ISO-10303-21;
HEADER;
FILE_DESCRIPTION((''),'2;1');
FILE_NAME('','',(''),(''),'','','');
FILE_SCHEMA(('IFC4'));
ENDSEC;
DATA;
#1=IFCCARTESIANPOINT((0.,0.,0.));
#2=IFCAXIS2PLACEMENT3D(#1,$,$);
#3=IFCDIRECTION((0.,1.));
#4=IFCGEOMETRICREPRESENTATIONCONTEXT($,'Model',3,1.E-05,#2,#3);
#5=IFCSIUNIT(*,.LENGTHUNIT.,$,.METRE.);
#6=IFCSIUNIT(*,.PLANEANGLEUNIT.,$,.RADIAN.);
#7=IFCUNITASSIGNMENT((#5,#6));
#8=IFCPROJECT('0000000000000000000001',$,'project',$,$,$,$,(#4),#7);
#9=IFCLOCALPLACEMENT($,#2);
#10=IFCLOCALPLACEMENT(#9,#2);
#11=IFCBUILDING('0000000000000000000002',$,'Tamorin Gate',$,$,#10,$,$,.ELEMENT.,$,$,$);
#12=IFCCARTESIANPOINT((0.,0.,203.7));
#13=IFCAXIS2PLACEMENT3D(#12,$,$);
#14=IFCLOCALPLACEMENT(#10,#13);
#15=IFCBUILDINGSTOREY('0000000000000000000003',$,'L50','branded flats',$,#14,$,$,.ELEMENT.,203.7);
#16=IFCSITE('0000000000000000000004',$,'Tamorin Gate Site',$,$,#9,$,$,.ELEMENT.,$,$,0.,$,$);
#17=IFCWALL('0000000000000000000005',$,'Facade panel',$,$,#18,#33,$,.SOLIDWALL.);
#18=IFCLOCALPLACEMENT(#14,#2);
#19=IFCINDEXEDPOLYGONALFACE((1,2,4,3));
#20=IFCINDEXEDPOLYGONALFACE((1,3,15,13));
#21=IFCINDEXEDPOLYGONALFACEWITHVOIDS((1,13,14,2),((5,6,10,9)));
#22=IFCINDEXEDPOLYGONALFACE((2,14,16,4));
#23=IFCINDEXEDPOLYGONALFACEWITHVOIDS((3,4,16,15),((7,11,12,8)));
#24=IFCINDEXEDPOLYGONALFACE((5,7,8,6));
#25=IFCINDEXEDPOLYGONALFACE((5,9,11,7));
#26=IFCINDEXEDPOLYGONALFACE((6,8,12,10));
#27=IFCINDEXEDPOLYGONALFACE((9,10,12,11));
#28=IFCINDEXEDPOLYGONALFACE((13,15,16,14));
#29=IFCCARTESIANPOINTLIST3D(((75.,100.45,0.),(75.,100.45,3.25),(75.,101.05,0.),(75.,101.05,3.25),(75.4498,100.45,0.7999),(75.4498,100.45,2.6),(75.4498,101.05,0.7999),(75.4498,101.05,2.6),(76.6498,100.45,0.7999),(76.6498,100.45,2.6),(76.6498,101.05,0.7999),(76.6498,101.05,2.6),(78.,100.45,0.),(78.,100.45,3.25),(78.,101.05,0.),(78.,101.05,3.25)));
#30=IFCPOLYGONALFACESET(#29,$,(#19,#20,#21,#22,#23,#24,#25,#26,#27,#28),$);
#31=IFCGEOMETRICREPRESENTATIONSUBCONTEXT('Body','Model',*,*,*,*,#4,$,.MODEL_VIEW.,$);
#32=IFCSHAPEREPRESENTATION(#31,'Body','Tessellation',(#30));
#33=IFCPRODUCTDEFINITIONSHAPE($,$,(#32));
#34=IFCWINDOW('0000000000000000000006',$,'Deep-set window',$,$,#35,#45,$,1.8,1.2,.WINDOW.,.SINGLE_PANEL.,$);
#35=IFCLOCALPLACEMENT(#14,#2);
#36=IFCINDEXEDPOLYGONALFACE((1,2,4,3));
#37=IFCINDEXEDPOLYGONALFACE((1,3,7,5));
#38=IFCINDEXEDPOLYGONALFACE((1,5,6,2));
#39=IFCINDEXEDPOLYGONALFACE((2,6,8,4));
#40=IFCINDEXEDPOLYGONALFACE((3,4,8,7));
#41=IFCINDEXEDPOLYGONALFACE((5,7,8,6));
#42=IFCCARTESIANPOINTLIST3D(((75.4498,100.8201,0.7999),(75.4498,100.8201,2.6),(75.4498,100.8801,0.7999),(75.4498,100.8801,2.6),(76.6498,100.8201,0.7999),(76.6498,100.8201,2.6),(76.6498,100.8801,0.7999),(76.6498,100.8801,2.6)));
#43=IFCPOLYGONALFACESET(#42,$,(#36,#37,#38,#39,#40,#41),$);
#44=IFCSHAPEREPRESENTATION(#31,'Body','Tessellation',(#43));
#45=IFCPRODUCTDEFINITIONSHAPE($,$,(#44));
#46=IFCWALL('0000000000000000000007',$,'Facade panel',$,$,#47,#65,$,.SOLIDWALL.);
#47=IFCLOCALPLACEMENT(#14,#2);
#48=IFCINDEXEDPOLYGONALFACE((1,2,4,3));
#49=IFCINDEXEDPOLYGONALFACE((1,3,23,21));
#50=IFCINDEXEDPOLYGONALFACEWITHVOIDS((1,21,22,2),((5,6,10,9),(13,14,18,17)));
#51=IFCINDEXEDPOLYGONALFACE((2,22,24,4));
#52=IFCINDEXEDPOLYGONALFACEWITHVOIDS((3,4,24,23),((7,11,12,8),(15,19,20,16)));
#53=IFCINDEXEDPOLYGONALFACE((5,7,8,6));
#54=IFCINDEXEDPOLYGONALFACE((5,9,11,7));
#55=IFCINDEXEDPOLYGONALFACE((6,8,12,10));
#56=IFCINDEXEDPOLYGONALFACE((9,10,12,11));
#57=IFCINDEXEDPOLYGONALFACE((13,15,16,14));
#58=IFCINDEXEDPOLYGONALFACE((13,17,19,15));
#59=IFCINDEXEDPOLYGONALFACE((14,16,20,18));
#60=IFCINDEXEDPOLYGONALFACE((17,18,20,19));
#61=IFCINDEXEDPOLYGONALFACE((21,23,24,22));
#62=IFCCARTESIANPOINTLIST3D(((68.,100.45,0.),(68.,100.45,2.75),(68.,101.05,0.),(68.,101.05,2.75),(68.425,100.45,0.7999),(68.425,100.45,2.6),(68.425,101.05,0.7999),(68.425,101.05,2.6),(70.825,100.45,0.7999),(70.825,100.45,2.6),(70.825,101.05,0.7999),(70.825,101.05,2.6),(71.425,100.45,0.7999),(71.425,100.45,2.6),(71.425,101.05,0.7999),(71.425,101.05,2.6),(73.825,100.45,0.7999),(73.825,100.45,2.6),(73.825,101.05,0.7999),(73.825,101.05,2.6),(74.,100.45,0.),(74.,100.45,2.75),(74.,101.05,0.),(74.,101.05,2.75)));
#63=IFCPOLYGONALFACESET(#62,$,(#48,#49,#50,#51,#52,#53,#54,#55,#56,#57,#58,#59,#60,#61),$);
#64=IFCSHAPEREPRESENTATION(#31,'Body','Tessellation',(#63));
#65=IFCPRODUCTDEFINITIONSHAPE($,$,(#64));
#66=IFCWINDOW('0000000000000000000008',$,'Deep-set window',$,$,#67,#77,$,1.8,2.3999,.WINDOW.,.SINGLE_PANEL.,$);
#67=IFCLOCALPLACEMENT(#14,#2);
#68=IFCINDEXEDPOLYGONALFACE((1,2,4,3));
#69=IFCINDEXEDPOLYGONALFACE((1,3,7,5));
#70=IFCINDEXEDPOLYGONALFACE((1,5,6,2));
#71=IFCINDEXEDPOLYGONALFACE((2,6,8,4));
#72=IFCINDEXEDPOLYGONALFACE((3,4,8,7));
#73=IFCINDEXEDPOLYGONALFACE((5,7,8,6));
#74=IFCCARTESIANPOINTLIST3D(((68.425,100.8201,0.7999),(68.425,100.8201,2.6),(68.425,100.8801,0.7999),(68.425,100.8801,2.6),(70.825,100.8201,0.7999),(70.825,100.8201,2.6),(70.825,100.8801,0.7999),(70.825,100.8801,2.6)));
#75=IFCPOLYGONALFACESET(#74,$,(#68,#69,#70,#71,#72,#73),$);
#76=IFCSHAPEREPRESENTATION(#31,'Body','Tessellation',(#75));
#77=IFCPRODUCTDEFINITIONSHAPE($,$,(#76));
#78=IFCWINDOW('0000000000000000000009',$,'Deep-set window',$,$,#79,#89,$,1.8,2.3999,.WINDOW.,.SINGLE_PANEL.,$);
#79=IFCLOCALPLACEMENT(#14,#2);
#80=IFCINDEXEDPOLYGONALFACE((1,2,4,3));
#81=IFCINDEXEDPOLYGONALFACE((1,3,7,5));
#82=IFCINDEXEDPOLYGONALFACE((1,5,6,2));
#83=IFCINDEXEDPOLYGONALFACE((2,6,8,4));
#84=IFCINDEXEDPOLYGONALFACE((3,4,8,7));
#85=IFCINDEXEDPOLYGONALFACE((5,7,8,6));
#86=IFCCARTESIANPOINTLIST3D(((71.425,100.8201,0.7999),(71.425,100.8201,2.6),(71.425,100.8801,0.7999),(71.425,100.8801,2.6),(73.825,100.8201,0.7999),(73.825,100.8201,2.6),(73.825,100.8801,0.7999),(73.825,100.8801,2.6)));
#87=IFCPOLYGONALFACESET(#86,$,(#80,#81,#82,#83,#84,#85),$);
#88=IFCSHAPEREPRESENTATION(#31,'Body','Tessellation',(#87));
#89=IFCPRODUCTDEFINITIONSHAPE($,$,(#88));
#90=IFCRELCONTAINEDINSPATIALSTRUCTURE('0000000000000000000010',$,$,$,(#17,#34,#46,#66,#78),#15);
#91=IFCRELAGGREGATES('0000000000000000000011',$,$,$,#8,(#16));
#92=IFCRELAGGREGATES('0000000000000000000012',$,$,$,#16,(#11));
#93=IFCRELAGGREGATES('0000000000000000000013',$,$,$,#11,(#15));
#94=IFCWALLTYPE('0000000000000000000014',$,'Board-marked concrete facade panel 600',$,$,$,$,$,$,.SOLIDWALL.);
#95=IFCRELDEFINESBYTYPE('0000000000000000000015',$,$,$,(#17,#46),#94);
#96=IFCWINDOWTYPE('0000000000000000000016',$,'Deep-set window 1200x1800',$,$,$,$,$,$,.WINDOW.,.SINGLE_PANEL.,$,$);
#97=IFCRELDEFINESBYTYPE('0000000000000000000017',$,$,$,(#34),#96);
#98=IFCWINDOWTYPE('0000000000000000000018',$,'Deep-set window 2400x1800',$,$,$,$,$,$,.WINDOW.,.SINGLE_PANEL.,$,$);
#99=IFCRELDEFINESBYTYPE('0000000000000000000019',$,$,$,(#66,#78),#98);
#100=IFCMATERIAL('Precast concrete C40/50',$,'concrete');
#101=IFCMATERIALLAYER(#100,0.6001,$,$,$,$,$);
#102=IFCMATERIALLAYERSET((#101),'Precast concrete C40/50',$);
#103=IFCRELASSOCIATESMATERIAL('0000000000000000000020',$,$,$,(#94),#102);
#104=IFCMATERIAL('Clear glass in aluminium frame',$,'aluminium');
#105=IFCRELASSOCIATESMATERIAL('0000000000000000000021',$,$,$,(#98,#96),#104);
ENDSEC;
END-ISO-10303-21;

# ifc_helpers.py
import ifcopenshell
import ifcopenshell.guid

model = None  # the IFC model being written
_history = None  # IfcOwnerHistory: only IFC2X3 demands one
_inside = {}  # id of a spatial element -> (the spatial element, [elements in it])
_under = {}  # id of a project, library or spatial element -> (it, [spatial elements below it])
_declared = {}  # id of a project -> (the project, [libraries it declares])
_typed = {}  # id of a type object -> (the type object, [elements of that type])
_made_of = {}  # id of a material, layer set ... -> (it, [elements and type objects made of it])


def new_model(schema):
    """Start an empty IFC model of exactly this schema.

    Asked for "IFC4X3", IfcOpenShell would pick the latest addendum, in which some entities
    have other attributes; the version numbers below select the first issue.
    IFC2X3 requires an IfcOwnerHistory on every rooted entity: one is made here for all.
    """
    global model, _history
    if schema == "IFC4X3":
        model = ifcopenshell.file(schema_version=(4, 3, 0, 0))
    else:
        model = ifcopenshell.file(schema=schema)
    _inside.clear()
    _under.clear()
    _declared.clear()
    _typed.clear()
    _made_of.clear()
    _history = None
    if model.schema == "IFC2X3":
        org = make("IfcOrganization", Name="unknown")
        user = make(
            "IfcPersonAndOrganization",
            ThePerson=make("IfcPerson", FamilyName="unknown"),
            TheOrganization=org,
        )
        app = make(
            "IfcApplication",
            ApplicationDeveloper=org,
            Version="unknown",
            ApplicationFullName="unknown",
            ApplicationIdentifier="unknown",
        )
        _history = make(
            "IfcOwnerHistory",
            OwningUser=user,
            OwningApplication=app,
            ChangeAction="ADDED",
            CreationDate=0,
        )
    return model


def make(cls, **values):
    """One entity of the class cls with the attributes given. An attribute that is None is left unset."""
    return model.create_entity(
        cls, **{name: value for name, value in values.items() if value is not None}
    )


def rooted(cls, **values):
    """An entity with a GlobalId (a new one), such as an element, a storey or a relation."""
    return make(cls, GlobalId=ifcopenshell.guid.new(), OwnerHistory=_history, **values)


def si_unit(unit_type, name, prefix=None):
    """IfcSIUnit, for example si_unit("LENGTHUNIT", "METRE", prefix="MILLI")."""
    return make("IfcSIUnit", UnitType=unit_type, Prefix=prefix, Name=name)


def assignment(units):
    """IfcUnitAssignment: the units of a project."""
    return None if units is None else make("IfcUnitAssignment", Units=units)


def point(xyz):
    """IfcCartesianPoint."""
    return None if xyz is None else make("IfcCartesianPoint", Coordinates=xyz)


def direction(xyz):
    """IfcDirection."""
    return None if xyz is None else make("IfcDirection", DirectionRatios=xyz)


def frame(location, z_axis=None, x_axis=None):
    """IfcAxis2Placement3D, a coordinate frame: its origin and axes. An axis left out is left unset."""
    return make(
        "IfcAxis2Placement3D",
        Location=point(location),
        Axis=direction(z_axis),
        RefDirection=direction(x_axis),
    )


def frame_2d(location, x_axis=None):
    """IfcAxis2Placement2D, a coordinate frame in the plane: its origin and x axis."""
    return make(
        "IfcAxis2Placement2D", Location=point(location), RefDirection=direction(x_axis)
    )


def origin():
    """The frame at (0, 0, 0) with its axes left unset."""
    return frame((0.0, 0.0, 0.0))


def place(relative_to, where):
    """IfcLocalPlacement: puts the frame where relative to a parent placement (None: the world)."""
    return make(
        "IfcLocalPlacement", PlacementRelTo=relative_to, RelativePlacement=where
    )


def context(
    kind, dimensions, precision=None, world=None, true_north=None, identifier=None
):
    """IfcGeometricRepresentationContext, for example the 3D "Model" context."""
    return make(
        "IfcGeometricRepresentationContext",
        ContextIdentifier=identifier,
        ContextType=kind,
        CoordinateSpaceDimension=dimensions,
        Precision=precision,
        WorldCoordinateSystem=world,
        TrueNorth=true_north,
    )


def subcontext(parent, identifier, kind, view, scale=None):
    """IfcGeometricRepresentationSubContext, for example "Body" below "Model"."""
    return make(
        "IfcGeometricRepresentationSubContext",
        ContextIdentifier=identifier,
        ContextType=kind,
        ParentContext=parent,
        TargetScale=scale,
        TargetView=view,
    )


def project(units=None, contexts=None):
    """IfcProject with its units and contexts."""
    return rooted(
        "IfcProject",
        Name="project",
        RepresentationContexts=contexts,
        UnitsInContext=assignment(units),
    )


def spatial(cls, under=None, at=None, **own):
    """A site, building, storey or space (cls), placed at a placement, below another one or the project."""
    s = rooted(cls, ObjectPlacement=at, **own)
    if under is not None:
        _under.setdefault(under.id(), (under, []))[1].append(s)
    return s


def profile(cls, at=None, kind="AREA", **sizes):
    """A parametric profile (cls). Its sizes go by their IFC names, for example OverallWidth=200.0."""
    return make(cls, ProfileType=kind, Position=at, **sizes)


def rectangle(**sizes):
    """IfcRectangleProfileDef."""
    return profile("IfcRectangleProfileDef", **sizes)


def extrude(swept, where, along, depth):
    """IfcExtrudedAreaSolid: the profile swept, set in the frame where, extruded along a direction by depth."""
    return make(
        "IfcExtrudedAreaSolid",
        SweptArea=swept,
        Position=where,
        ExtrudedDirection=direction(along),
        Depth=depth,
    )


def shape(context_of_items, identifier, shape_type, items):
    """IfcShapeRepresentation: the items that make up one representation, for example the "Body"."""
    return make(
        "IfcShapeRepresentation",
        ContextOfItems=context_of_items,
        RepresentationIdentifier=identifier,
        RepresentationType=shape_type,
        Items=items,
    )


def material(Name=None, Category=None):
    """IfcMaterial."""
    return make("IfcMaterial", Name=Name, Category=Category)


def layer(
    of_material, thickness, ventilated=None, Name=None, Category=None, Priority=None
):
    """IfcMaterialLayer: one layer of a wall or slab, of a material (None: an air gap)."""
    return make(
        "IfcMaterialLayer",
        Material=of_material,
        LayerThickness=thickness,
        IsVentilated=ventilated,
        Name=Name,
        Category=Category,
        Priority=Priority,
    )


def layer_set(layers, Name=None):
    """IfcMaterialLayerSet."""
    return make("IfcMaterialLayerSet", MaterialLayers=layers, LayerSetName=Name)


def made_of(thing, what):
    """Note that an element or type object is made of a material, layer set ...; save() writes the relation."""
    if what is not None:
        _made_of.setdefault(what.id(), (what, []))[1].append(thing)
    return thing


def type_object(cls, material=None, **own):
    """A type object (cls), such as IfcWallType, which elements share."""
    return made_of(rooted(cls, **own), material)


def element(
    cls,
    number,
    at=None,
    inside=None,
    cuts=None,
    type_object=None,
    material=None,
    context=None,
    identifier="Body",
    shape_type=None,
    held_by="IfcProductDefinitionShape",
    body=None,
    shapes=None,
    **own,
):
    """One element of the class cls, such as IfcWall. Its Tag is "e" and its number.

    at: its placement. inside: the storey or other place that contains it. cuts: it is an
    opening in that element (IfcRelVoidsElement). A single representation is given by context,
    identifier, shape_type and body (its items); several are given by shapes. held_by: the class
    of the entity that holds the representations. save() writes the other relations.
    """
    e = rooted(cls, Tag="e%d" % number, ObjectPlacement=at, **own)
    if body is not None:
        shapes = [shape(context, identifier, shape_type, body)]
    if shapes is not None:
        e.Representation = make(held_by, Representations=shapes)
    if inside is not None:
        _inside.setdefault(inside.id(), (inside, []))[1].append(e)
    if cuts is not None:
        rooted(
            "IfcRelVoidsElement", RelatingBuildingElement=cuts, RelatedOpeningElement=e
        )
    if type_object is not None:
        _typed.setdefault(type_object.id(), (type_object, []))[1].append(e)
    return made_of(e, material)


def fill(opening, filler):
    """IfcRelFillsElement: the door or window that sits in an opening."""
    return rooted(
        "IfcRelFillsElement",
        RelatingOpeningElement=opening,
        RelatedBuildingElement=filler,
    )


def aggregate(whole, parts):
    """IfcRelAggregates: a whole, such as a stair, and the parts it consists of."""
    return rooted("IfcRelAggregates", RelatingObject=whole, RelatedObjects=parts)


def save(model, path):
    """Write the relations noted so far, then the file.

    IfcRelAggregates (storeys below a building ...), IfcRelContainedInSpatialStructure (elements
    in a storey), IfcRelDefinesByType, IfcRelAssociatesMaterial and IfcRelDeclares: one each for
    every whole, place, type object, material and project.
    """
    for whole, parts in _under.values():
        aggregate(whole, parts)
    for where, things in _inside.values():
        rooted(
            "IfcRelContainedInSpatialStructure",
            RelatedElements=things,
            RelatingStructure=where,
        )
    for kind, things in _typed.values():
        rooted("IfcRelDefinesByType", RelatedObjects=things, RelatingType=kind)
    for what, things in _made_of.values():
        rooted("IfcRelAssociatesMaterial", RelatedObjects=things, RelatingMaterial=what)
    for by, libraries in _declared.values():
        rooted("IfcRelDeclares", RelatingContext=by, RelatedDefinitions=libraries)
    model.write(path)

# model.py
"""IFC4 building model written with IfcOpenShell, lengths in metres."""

from ifc_helpers import new_model, si_unit, direction, frame, frame_2d, origin, place, context, subcontext, project, spatial, rectangle, extrude, material, layer, layer_set, type_object, element, fill, save


model = new_model("IFC4")

# Units and contexts
model_context = context("Model", 3, precision=1e-05, world=origin(), true_north=direction((0.0, 1.0)))
body_context = subcontext(model_context, "Body", "Model", "MODEL_VIEW")
ifc_project = project(units=[si_unit("LENGTHUNIT", "METRE"), si_unit("PLANEANGLEUNIT", "RADIAN")], contexts=[model_context])

# Site, building, storey
site_placement = place(None, origin())
site = spatial("IfcSite", under=ifc_project, at=site_placement, Name="Tamorin Gate Site", CompositionType="ELEMENT", RefElevation=0.0)
building_placement = place(site_placement, origin())
building = spatial("IfcBuilding", under=site, at=building_placement, Name="Tamorin Gate", CompositionType="ELEMENT")
storey_placement = place(building_placement, frame((0.0, 0.0, 203.7)))
storey = spatial("IfcBuildingStorey", under=building, at=storey_placement, Name="L50", Description="branded flats", CompositionType="ELEMENT", Elevation=203.7)

# Shared definitions
ifc_material_1 = material(Name="Precast concrete C40/50", Category="concrete")
ifc_layer = layer(ifc_material_1, 0.6001)
ifc_layer_set = layer_set([ifc_layer], Name="Precast concrete C40/50")
wall_type = type_object("IfcWallType", Name="Board-marked concrete facade panel 600", PredefinedType="SOLIDWALL", material=ifc_layer_set)
ifc_material_2 = material(Name="Clear glass in aluminium frame", Category="aluminium")
window_type_1 = type_object("IfcWindowType", Name="Deep-set window 2400x1800", PartitioningType="SINGLE_PANEL", PredefinedType="WINDOW", material=ifc_material_2)
window_type_2 = type_object("IfcWindowType", Name="Deep-set window 1200x1800", PartitioningType="SINGLE_PANEL", PredefinedType="WINDOW", material=ifc_material_2)

# Wall, opening, window
wall_1_placement = place(storey_placement, frame((78.0, 100.75, 0.0), z_axis=(0.0, 0.0, 1.0), x_axis=(-1.0, 0.0, 0.0)))
wall_1 = element("IfcWall", 1, at=wall_1_placement, inside=storey, type_object=wall_type, Name="Facade panel", PredefinedType="SOLIDWALL", context=body_context, shape_type="SweptSolid", body=[
    extrude(rectangle(XDim=3.0, YDim=0.6001, at=frame_2d((1.5, 0.0))), origin(), (0.0, 0.0, 1.0), 3.25),
])
opening_1_placement = place(wall_1_placement, frame((1.3501, 0.0, 0.8)))
opening_1 = element("IfcOpeningElement", 2, at=opening_1_placement, cuts=wall_1, PredefinedType="OPENING", context=body_context, shape_type="SweptSolid", body=[
    extrude(rectangle(XDim=1.2, YDim=1.8, at=frame_2d((0.6001, 0.8999))), frame((0.0, 0.3101, 0.0), z_axis=(0.0, -1.0, 0.0), x_axis=(1.0, 0.0, 0.0)), (0.0, 0.0, 1.0), 0.6201),
])
window_1_placement = place(opening_1_placement, origin())
window_1 = element("IfcWindow", 3, at=window_1_placement, inside=storey, type_object=window_type_2, Name="Deep-set window", OverallHeight=1.8, OverallWidth=1.2, PartitioningType="SINGLE_PANEL", PredefinedType="WINDOW", context=body_context, shape_type="SweptSolid", body=[
    extrude(rectangle(XDim=1.2, YDim=1.8, at=frame_2d((0.6001, 0.8999))), frame((0.0, -0.0701, 0.0), z_axis=(0.0, -1.0, 0.0), x_axis=(1.0, 0.0, 0.0)), (0.0, 0.0, 1.0), 0.0601),
])
fill(opening_1, window_1)

# Wall, openings, windows
wall_2_placement = place(storey_placement, frame((74.0, 100.75, 0.0), z_axis=(0.0, 0.0, 1.0), x_axis=(-1.0, 0.0, 0.0)))
wall_2 = element("IfcWall", 4, at=wall_2_placement, inside=storey, type_object=wall_type, Name="Facade panel", PredefinedType="SOLIDWALL", context=body_context, shape_type="SweptSolid", body=[
    extrude(rectangle(XDim=6.0, YDim=0.6001, at=frame_2d((3.0, 0.0))), origin(), (0.0, 0.0, 1.0), 2.75),
])
opening_2_placement = place(wall_2_placement, frame((3.175, 0.0, 0.8)))
opening_2 = element("IfcOpeningElement", 5, at=opening_2_placement, cuts=wall_2, PredefinedType="OPENING", context=body_context, shape_type="SweptSolid", body=[
    extrude(rectangle(XDim=2.3999, YDim=1.8, at=frame_2d((1.2, 0.8999))), frame((0.0, 0.3101, 0.0), z_axis=(0.0, -1.0, 0.0), x_axis=(1.0, 0.0, 0.0)), (0.0, 0.0, 1.0), 0.6201),
])
opening_3_placement = place(wall_2_placement, frame((0.175, 0.0, 0.8)))
opening_3 = element("IfcOpeningElement", 6, at=opening_3_placement, cuts=wall_2, PredefinedType="OPENING", context=body_context, shape_type="SweptSolid", body=[
    extrude(rectangle(XDim=2.3999, YDim=1.8, at=frame_2d((1.2, 0.8999))), frame((0.0, 0.3101, 0.0), z_axis=(0.0, -1.0, 0.0), x_axis=(1.0, 0.0, 0.0)), (0.0, 0.0, 1.0), 0.6201),
])
window_2_placement = place(opening_2_placement, origin())
window_2 = element("IfcWindow", 7, at=window_2_placement, inside=storey, type_object=window_type_1, Name="Deep-set window", OverallHeight=1.8, OverallWidth=2.3999, PartitioningType="SINGLE_PANEL", PredefinedType="WINDOW", context=body_context, shape_type="SweptSolid", body=[
    extrude(rectangle(XDim=2.3999, YDim=1.8, at=frame_2d((1.2, 0.8999))), frame((0.0, -0.0701, 0.0), z_axis=(0.0, -1.0, 0.0), x_axis=(1.0, 0.0, 0.0)), (0.0, 0.0, 1.0), 0.0601),
])
fill(opening_2, window_2)
window_3_placement = place(opening_3_placement, origin())
window_3 = element("IfcWindow", 8, at=window_3_placement, inside=storey, type_object=window_type_1, Name="Deep-set window", OverallHeight=1.8, OverallWidth=2.3999, PartitioningType="SINGLE_PANEL", PredefinedType="WINDOW", context=body_context, shape_type="SweptSolid", body=[
    extrude(rectangle(XDim=2.3999, YDim=1.8, at=frame_2d((1.2, 0.8999))), frame((0.0, -0.0701, 0.0), z_axis=(0.0, -1.0, 0.0), x_axis=(1.0, 0.0, 0.0)), (0.0, 0.0, 1.0), 0.0601),
])
fill(opening_3, window_3)

save(model, "model.ifc")
